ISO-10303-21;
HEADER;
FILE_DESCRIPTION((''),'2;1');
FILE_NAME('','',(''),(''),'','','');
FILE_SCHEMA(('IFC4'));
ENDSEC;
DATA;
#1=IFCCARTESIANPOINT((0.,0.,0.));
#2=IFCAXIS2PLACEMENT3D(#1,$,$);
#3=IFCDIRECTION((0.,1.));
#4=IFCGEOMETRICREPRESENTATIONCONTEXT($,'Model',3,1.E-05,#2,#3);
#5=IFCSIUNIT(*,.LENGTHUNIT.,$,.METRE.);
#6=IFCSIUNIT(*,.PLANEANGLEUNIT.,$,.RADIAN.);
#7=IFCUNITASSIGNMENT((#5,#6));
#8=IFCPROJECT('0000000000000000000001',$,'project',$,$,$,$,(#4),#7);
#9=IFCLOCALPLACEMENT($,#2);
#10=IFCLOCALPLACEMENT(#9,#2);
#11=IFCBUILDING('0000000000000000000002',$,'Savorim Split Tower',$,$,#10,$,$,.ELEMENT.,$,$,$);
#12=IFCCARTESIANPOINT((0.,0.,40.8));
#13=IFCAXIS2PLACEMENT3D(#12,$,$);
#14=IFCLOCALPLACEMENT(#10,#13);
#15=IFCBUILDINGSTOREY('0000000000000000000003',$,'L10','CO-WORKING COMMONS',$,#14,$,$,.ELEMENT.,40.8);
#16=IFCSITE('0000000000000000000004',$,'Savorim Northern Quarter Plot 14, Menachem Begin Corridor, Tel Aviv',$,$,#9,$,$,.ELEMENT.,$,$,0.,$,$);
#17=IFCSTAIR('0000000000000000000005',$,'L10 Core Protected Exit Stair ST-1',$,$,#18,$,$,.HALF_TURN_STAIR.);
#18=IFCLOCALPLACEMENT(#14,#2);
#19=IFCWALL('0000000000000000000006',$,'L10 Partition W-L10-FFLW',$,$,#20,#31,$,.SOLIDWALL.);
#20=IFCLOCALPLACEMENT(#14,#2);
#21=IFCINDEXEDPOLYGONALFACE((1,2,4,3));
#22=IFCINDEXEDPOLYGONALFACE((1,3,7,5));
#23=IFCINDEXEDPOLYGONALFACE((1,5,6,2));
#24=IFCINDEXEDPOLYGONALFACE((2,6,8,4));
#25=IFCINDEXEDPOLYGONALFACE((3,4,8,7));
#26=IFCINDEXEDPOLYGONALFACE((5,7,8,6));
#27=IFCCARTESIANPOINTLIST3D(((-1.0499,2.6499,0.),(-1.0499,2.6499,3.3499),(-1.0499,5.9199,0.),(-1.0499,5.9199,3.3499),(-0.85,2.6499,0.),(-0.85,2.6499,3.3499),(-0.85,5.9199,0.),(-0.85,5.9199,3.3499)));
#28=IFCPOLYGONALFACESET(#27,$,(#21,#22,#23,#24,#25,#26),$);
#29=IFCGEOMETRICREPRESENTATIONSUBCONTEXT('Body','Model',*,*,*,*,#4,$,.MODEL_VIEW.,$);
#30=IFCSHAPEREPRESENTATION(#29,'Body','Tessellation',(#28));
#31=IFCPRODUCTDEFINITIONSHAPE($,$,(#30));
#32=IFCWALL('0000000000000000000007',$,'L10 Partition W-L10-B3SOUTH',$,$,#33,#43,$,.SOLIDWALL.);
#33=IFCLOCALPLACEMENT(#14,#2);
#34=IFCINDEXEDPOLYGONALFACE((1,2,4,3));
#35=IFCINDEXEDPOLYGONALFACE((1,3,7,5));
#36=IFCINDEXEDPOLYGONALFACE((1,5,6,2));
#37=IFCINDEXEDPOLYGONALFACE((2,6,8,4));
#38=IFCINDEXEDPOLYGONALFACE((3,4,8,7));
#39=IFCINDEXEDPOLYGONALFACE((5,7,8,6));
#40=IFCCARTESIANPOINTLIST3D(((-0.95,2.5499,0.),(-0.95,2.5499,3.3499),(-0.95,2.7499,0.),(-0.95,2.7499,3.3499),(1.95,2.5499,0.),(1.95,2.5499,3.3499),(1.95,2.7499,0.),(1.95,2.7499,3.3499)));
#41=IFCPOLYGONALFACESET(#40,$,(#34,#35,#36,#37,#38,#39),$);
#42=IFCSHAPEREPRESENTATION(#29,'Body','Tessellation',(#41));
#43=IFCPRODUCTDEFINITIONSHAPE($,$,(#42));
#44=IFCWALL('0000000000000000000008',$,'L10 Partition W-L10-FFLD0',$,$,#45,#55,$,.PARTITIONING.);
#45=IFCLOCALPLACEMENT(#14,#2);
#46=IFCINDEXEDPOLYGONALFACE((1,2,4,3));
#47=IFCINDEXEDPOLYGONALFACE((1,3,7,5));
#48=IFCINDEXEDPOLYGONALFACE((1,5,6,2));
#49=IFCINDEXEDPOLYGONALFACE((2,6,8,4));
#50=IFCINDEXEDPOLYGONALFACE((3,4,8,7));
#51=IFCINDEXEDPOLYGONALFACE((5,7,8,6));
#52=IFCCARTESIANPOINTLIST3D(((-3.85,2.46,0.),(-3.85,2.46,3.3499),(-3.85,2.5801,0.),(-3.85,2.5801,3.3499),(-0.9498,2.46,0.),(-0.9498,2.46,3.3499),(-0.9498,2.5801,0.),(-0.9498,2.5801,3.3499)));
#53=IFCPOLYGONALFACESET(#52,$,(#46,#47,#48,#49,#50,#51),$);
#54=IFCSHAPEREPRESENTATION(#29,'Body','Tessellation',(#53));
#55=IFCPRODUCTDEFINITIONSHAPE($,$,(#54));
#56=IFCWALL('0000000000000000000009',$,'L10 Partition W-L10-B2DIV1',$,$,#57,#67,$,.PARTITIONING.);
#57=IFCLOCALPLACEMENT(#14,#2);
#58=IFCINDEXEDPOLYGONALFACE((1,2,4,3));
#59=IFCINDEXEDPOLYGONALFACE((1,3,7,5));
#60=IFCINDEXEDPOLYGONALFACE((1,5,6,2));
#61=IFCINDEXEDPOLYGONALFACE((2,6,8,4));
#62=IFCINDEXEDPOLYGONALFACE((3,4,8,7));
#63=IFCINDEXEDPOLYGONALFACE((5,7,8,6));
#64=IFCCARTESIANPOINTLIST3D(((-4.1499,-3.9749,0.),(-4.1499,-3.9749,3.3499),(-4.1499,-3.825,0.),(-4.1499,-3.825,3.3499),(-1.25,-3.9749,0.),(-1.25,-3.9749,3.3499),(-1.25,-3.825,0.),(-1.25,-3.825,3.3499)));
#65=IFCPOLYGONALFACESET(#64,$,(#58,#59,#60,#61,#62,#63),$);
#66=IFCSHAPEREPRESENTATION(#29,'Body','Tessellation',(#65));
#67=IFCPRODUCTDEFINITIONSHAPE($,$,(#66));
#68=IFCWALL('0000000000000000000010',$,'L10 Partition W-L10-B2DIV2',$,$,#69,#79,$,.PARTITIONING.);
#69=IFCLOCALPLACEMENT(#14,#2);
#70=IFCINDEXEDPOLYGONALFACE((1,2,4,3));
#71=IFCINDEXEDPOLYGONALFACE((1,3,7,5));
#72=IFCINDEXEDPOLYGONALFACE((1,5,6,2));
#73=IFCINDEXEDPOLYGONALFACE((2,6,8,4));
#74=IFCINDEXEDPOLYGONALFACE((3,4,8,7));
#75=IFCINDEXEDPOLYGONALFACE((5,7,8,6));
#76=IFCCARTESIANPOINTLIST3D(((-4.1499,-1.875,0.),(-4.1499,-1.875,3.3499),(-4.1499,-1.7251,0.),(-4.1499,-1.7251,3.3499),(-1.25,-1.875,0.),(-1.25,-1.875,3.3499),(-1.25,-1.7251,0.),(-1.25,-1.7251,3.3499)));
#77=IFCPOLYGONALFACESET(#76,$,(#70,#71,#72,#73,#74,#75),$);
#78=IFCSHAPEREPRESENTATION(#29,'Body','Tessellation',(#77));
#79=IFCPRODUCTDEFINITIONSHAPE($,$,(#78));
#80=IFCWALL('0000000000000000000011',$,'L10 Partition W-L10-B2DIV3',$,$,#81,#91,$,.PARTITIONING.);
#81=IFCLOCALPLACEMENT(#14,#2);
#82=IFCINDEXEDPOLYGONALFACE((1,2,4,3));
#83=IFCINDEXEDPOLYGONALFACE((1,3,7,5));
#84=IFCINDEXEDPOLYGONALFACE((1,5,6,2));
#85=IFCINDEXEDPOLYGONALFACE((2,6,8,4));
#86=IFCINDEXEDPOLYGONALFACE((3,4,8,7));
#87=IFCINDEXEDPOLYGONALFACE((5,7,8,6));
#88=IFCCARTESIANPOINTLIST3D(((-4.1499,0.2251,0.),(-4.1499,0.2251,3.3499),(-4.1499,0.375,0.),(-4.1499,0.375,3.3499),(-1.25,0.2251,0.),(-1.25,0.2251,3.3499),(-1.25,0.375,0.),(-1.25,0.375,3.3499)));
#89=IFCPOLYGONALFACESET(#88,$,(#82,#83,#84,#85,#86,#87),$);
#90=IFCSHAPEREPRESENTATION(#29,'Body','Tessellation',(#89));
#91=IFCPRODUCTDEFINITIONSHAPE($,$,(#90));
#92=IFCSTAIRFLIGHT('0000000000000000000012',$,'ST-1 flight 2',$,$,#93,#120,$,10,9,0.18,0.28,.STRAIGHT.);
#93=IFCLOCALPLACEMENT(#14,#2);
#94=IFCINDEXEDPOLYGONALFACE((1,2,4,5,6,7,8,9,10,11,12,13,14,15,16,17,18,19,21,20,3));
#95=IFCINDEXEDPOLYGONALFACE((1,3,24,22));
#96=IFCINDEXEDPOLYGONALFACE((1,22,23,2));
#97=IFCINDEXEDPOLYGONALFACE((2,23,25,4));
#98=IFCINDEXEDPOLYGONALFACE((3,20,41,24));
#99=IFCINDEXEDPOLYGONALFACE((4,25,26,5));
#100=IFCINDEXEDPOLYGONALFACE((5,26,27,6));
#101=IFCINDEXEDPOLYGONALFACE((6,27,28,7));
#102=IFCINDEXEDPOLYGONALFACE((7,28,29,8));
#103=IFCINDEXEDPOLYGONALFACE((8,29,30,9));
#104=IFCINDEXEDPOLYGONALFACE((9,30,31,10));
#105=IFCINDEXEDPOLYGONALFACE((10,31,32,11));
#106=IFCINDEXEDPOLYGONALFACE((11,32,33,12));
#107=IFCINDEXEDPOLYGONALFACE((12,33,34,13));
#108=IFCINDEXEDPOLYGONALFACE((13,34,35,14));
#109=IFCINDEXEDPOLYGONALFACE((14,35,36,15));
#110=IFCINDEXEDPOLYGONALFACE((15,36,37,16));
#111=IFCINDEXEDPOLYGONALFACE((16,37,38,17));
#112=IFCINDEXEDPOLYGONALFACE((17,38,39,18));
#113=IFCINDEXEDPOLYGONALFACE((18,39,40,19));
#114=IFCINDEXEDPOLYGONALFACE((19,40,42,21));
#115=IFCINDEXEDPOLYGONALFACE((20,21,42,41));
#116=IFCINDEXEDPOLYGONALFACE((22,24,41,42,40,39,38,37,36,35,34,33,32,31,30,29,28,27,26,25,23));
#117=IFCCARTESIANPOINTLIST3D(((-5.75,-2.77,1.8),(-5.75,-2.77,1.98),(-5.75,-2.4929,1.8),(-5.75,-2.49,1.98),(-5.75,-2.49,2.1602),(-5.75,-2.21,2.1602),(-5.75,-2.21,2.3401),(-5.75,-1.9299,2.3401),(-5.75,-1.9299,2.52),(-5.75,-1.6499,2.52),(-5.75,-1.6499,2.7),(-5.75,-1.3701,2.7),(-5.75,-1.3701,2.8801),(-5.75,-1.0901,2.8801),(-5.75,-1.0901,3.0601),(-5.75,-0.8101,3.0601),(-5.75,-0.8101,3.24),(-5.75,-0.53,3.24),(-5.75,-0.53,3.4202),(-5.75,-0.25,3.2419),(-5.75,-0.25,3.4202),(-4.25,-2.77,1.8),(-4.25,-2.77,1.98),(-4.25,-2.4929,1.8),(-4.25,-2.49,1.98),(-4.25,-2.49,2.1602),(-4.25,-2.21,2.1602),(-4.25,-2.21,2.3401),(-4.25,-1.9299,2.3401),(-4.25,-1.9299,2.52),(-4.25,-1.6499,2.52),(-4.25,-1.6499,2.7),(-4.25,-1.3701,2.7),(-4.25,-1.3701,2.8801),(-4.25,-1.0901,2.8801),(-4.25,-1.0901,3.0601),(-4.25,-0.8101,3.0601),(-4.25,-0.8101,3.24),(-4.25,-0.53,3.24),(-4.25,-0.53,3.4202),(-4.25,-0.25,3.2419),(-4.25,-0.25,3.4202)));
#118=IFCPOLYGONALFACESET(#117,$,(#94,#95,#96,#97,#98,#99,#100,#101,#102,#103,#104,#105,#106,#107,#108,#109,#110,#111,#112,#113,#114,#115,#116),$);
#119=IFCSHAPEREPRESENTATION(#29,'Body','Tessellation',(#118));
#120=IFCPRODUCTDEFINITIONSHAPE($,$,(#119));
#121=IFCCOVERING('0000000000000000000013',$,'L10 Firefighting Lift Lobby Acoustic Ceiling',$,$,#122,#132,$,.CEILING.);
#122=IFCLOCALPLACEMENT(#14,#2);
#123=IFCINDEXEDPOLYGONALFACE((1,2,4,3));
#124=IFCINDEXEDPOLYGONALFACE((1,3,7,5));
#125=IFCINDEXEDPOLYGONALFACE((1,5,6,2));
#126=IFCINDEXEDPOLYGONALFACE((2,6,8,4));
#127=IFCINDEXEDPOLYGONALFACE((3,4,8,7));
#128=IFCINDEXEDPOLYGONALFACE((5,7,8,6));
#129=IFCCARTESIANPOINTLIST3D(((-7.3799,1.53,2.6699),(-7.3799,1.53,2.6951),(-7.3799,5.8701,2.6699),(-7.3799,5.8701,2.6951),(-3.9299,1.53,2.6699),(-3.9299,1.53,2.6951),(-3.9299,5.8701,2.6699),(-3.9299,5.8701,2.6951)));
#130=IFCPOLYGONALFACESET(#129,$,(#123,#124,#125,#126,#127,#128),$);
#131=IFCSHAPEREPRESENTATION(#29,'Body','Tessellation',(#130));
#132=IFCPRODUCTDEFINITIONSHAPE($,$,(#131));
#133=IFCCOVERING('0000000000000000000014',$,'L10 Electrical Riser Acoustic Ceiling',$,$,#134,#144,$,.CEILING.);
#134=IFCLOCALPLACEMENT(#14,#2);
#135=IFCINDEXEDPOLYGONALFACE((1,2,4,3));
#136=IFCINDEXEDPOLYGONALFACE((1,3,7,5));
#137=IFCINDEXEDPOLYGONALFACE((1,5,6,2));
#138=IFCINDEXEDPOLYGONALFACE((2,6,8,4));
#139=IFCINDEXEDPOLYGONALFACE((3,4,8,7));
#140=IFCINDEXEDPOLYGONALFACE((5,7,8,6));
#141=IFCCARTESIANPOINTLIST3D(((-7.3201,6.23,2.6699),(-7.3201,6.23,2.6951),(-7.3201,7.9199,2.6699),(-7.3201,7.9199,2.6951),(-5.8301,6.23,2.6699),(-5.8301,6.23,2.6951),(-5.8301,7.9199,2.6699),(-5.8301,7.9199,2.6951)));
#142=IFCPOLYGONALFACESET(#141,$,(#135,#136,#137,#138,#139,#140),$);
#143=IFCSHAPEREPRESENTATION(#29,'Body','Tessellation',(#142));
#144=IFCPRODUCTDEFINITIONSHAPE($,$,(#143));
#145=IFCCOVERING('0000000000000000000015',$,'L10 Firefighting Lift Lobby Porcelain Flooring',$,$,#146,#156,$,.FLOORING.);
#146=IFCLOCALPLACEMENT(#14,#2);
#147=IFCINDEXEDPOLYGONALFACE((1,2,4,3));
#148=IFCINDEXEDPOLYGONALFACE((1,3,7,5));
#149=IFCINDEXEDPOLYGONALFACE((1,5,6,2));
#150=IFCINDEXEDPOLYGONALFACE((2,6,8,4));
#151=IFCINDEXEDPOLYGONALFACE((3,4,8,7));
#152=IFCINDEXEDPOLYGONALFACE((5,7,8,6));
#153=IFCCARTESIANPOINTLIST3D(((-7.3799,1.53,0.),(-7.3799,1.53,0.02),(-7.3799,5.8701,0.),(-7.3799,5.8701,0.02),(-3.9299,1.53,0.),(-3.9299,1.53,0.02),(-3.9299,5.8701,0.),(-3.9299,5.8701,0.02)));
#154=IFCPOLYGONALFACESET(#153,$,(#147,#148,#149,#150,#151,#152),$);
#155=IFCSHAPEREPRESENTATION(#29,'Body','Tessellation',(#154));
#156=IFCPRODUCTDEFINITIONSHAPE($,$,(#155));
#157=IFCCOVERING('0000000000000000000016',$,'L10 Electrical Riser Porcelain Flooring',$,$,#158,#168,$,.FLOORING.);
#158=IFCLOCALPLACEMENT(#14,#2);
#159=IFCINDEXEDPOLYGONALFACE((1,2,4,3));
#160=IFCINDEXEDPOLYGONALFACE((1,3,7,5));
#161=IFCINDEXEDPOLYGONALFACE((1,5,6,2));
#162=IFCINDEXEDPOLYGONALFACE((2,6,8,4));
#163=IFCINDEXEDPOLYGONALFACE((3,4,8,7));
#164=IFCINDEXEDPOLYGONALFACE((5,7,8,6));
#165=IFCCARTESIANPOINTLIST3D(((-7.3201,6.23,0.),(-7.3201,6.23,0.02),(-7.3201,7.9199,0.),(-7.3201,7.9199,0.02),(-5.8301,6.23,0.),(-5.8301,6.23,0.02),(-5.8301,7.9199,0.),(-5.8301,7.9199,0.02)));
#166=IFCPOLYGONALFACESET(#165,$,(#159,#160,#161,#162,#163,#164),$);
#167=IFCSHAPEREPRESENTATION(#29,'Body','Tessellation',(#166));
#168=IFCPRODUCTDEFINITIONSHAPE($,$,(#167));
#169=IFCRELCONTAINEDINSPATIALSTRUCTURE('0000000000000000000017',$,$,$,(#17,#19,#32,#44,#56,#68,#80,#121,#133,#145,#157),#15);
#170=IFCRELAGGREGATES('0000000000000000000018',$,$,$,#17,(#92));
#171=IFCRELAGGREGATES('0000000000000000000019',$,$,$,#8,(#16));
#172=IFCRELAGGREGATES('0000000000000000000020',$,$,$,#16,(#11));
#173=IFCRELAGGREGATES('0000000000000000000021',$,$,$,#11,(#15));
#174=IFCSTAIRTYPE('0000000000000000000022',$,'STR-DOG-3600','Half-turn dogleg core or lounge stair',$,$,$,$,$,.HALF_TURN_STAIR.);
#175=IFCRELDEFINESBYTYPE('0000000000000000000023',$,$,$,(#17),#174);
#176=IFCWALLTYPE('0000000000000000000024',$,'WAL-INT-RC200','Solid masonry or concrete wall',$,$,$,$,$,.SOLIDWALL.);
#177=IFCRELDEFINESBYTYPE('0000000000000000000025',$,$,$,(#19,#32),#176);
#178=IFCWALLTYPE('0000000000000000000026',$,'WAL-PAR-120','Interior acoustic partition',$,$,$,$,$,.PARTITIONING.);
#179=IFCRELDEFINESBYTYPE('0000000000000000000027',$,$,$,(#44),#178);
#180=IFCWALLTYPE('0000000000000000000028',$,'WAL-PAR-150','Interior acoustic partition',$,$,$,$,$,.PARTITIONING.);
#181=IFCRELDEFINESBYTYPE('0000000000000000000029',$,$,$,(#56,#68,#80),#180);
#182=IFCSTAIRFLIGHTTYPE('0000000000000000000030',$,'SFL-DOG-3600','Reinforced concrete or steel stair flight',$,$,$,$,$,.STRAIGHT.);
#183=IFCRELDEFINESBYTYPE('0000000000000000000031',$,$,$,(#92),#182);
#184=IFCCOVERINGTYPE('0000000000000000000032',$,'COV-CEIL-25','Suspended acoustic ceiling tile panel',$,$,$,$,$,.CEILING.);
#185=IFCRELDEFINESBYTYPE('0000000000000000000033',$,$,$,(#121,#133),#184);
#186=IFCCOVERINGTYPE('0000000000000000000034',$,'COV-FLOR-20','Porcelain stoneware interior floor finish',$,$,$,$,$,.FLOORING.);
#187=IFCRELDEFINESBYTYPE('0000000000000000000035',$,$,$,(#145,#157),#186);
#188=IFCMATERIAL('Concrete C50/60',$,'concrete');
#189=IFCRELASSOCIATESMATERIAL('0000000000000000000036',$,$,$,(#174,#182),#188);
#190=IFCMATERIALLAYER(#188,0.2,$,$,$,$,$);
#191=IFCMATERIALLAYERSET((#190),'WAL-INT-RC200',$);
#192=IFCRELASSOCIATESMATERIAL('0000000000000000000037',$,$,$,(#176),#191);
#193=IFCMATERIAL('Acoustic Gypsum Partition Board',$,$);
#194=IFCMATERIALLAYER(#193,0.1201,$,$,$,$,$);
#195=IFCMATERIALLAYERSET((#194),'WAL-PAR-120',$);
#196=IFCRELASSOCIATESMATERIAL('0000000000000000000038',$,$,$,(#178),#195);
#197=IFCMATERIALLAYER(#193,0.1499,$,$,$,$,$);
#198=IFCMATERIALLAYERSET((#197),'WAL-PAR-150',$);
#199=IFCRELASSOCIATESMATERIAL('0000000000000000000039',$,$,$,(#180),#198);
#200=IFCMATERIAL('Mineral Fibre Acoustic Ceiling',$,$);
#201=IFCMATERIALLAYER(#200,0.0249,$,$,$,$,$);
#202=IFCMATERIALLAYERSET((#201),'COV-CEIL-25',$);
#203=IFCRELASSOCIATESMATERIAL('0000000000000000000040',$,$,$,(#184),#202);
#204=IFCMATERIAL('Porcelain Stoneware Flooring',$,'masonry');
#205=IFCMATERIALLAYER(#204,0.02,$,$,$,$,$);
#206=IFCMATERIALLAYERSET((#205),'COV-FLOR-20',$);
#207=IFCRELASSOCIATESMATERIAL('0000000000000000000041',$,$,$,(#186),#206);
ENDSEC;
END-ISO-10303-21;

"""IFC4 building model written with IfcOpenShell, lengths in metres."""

from ifc_helpers import new_model, si_unit, direction, frame, frame_2d, origin, place, context, subcontext, project, spatial, polyline, rectangle, outline, extrude, material, layer, layer_set, type_object, element, aggregate, save


model = new_model("IFC4")

# Units and contexts
model_context = context("Model", 3, precision=1e-05, world=origin(), true_north=direction((0.0, 1.0)))
body_context = subcontext(model_context, "Body", "Model", "MODEL_VIEW")
ifc_project = project(units=[si_unit("LENGTHUNIT", "METRE"), si_unit("PLANEANGLEUNIT", "RADIAN")], contexts=[model_context])

# Site, building, storey
site_placement = place(None, origin())
site = spatial("IfcSite", under=ifc_project, at=site_placement, Name="Savorim Northern Quarter Plot 14, Menachem Begin Corridor, Tel Aviv", CompositionType="ELEMENT", RefElevation=0.0)
building_placement = place(site_placement, origin())
building = spatial("IfcBuilding", under=site, at=building_placement, Name="Savorim Split Tower", CompositionType="ELEMENT")
storey_placement = place(building_placement, frame((0.0, 0.0, 40.8)))
storey = spatial("IfcBuildingStorey", under=building, at=storey_placement, Name="L10", Description="CO-WORKING COMMONS", CompositionType="ELEMENT", Elevation=40.8)

# Shared definitions
ifc_material_1 = material(Name="Concrete C50/60", Category="concrete")

# Stair
stair_type = type_object("IfcStairType", Name="STR-DOG-3600", Description="Half-turn dogleg core or lounge stair", PredefinedType="HALF_TURN_STAIR", material=ifc_material_1)
stair_1_placement = place(storey_placement, origin())
stair_1 = element("IfcStair", 1, at=stair_1_placement, inside=storey, type_object=stair_type, Name="L10 Core Protected Exit Stair ST-1", PredefinedType="HALF_TURN_STAIR")

# Shared definitions
ifc_layer_1 = layer(ifc_material_1, 0.2)
ifc_layer_set_1 = layer_set([ifc_layer_1], Name="WAL-INT-RC200")
wall_type_1 = type_object("IfcWallType", Name="WAL-INT-RC200", Description="Solid masonry or concrete wall", PredefinedType="SOLIDWALL", material=ifc_layer_set_1)

# Walls
wall_1_placement = place(storey_placement, frame((-0.95, 2.6499, 0.0), z_axis=(0.0, 0.0, 1.0), x_axis=(0.0, 1.0, 0.0)))
element("IfcWall", 2, at=wall_1_placement, inside=storey, type_object=wall_type_1, Name="L10 Partition W-L10-FFLW", PredefinedType="SOLIDWALL", context=body_context, shape_type="SweptSolid", body=[
    extrude(rectangle(XDim=3.27, YDim=0.2, at=frame_2d((1.635, 0.0))), origin(), (0.0, 0.0, 1.0), 3.3499),
])
wall_2_placement = place(storey_placement, frame((-0.95, 2.6499, 0.0), z_axis=(0.0, 0.0, 1.0), x_axis=(1.0, 0.0, 0.0)))
element("IfcWall", 3, at=wall_2_placement, inside=storey, type_object=wall_type_1, Name="L10 Partition W-L10-B3SOUTH", PredefinedType="SOLIDWALL", context=body_context, shape_type="SweptSolid", body=[
    extrude(rectangle(XDim=2.8999, YDim=0.2, at=frame_2d((1.45, 0.0))), origin(), (0.0, 0.0, 1.0), 3.3499),
])
ifc_material_2 = material(Name="Acoustic Gypsum Partition Board")
ifc_layer_2 = layer(ifc_material_2, 0.1201)
ifc_layer_set_2 = layer_set([ifc_layer_2], Name="WAL-PAR-120")
wall_type_2 = type_object("IfcWallType", Name="WAL-PAR-120", Description="Interior acoustic partition", PredefinedType="PARTITIONING", material=ifc_layer_set_2)
wall_3_placement = place(storey_placement, frame((-3.8501, 2.52, 0.0), z_axis=(0.0, 0.0, 1.0), x_axis=(1.0, 0.0, 0.0)))
element("IfcWall", 4, at=wall_3_placement, inside=storey, type_object=wall_type_2, Name="L10 Partition W-L10-FFLD0", PredefinedType="PARTITIONING", context=body_context, shape_type="SweptSolid", body=[
    extrude(rectangle(XDim=2.9001, YDim=0.1201, at=frame_2d((1.4502, 0.0))), origin(), (0.0, 0.0, 1.0), 3.3499),
])
ifc_layer_3 = layer(ifc_material_2, 0.1499)
ifc_layer_set_3 = layer_set([ifc_layer_3], Name="WAL-PAR-150")
wall_type_3 = type_object("IfcWallType", Name="WAL-PAR-150", Description="Interior acoustic partition", PredefinedType="PARTITIONING", material=ifc_layer_set_3)
for number, where, z_axis, x_axis, name in (
    (5, (-4.1499, -3.8999, 0.0), (0.0, 0.0, 1.0), (1.0, 0.0, 0.0), "L10 Partition W-L10-B2DIV1"),
    (6, (-4.1499, -1.8, 0.0), (0.0, 0.0, 1.0), (1.0, 0.0, 0.0), "L10 Partition W-L10-B2DIV2"),
    (7, (-4.1499, 0.3, 0.0), (0.0, 0.0, 1.0), (1.0, 0.0, 0.0), "L10 Partition W-L10-B2DIV3"),
):
    element("IfcWall", number, at=place(storey_placement, frame(where, z_axis=z_axis, x_axis=x_axis)), inside=storey, type_object=wall_type_3, Name=name, PredefinedType="PARTITIONING", context=body_context, shape_type="SweptSolid", body=[
        extrude(rectangle(XDim=2.8999, YDim=0.1499, at=frame_2d((1.45, 0.0))), origin(), (0.0, 0.0, 1.0), 3.3499),
    ])

# Stair flight
stair_flight_type = type_object("IfcStairFlightType", Name="SFL-DOG-3600", Description="Reinforced concrete or steel stair flight", PredefinedType="STRAIGHT", material=ifc_material_1)
stair_flight_placement = place(storey_placement, frame((-5.0, -2.77, 1.8), z_axis=(0.0, 0.0, 1.0), x_axis=(0.0, 1.0, 0.0)))
stair_flight = element("IfcStairFlight", 8, at=stair_flight_placement, type_object=stair_flight_type, Name="ST-1 flight 2", NumberOfRisers=10, NumberOfTreads=9, PredefinedType="STRAIGHT", RiserHeight=0.18, TreadLength=0.28, context=body_context, shape_type="SweptSolid", body=[
    extrude(outline(polyline([(0.0, 0.0), (0.0, 0.1799), (0.28, 0.1799), (0.28, 0.3601), (0.5601, 0.3601), (0.5601, 0.54), (0.8401, 0.54), (0.8401, 0.72), (1.1201, 0.72), (1.1201, 0.8999), (1.3999, 0.8999), (1.3999, 1.0801), (1.6799, 1.0801), (1.6799, 1.26), (1.96, 1.26), (1.96, 1.4399), (2.24, 1.4399), (2.24, 1.6201), (2.52, 1.6201), (2.52, 1.8), (2.52, 1.4419), (0.2771, 0.0), (0.0, 0.0)])), frame((0.0, 0.75, 0.0), z_axis=(0.0, -1.0, 0.0), x_axis=(1.0, 0.0, 0.0)), (0.0, 0.0, 1.0), 1.5),
])
aggregate(stair_1, [stair_flight])

# Coverings
ifc_material_3 = material(Name="Mineral Fibre Acoustic Ceiling")
ifc_layer_4 = layer(ifc_material_3, 0.0249)
ifc_layer_set_4 = layer_set([ifc_layer_4], Name="COV-CEIL-25")
covering_type_1 = type_object("IfcCoveringType", Name="COV-CEIL-25", Description="Suspended acoustic ceiling tile panel", PredefinedType="CEILING", material=ifc_layer_set_4)
covering_1_placement = place(storey_placement, frame((0.0, 0.0, 2.6699)))
element("IfcCovering", 9, at=covering_1_placement, inside=storey, type_object=covering_type_1, Name="L10 Firefighting Lift Lobby Acoustic Ceiling", PredefinedType="CEILING", context=body_context, shape_type="SweptSolid", body=[
    extrude(outline(polyline([(-7.3799, 5.8701), (-7.3799, 1.53), (-3.9299, 1.53), (-3.9299, 5.8701), (-7.3799, 5.8701)])), origin(), (0.0, 0.0, 1.0), 0.0251),
])
covering_2_placement = place(storey_placement, frame((0.0, 0.0, 2.6699)))
element("IfcCovering", 10, at=covering_2_placement, inside=storey, type_object=covering_type_1, Name="L10 Electrical Riser Acoustic Ceiling", PredefinedType="CEILING", context=body_context, shape_type="SweptSolid", body=[
    extrude(outline(polyline([(-7.3201, 7.9199), (-7.3201, 6.23), (-5.8301, 6.23), (-5.8301, 7.9199), (-7.3201, 7.9199)])), origin(), (0.0, 0.0, 1.0), 0.0251),
])
ifc_material_4 = material(Name="Porcelain Stoneware Flooring", Category="masonry")
ifc_layer_5 = layer(ifc_material_4, 0.02)
ifc_layer_set_5 = layer_set([ifc_layer_5], Name="COV-FLOR-20")
covering_type_2 = type_object("IfcCoveringType", Name="COV-FLOR-20", Description="Porcelain stoneware interior floor finish", PredefinedType="FLOORING", material=ifc_layer_set_5)
covering_3_placement = place(storey_placement, origin())
element("IfcCovering", 11, at=covering_3_placement, inside=storey, type_object=covering_type_2, Name="L10 Firefighting Lift Lobby Porcelain Flooring", PredefinedType="FLOORING", context=body_context, shape_type="SweptSolid", body=[
    extrude(outline(polyline([(-7.3799, 5.8701), (-7.3799, 1.53), (-3.9299, 1.53), (-3.9299, 5.8701), (-7.3799, 5.8701)])), origin(), (0.0, 0.0, 1.0), 0.02),
])
covering_4_placement = place(storey_placement, origin())
element("IfcCovering", 12, at=covering_4_placement, inside=storey, type_object=covering_type_2, Name="L10 Electrical Riser Porcelain Flooring", PredefinedType="FLOORING", context=body_context, shape_type="SweptSolid", body=[
    extrude(outline(polyline([(-7.3201, 7.9199), (-7.3201, 6.23), (-5.8301, 6.23), (-5.8301, 7.9199), (-7.3201, 7.9199)])), origin(), (0.0, 0.0, 1.0), 0.02),
])

save(model, "model.ifc")
